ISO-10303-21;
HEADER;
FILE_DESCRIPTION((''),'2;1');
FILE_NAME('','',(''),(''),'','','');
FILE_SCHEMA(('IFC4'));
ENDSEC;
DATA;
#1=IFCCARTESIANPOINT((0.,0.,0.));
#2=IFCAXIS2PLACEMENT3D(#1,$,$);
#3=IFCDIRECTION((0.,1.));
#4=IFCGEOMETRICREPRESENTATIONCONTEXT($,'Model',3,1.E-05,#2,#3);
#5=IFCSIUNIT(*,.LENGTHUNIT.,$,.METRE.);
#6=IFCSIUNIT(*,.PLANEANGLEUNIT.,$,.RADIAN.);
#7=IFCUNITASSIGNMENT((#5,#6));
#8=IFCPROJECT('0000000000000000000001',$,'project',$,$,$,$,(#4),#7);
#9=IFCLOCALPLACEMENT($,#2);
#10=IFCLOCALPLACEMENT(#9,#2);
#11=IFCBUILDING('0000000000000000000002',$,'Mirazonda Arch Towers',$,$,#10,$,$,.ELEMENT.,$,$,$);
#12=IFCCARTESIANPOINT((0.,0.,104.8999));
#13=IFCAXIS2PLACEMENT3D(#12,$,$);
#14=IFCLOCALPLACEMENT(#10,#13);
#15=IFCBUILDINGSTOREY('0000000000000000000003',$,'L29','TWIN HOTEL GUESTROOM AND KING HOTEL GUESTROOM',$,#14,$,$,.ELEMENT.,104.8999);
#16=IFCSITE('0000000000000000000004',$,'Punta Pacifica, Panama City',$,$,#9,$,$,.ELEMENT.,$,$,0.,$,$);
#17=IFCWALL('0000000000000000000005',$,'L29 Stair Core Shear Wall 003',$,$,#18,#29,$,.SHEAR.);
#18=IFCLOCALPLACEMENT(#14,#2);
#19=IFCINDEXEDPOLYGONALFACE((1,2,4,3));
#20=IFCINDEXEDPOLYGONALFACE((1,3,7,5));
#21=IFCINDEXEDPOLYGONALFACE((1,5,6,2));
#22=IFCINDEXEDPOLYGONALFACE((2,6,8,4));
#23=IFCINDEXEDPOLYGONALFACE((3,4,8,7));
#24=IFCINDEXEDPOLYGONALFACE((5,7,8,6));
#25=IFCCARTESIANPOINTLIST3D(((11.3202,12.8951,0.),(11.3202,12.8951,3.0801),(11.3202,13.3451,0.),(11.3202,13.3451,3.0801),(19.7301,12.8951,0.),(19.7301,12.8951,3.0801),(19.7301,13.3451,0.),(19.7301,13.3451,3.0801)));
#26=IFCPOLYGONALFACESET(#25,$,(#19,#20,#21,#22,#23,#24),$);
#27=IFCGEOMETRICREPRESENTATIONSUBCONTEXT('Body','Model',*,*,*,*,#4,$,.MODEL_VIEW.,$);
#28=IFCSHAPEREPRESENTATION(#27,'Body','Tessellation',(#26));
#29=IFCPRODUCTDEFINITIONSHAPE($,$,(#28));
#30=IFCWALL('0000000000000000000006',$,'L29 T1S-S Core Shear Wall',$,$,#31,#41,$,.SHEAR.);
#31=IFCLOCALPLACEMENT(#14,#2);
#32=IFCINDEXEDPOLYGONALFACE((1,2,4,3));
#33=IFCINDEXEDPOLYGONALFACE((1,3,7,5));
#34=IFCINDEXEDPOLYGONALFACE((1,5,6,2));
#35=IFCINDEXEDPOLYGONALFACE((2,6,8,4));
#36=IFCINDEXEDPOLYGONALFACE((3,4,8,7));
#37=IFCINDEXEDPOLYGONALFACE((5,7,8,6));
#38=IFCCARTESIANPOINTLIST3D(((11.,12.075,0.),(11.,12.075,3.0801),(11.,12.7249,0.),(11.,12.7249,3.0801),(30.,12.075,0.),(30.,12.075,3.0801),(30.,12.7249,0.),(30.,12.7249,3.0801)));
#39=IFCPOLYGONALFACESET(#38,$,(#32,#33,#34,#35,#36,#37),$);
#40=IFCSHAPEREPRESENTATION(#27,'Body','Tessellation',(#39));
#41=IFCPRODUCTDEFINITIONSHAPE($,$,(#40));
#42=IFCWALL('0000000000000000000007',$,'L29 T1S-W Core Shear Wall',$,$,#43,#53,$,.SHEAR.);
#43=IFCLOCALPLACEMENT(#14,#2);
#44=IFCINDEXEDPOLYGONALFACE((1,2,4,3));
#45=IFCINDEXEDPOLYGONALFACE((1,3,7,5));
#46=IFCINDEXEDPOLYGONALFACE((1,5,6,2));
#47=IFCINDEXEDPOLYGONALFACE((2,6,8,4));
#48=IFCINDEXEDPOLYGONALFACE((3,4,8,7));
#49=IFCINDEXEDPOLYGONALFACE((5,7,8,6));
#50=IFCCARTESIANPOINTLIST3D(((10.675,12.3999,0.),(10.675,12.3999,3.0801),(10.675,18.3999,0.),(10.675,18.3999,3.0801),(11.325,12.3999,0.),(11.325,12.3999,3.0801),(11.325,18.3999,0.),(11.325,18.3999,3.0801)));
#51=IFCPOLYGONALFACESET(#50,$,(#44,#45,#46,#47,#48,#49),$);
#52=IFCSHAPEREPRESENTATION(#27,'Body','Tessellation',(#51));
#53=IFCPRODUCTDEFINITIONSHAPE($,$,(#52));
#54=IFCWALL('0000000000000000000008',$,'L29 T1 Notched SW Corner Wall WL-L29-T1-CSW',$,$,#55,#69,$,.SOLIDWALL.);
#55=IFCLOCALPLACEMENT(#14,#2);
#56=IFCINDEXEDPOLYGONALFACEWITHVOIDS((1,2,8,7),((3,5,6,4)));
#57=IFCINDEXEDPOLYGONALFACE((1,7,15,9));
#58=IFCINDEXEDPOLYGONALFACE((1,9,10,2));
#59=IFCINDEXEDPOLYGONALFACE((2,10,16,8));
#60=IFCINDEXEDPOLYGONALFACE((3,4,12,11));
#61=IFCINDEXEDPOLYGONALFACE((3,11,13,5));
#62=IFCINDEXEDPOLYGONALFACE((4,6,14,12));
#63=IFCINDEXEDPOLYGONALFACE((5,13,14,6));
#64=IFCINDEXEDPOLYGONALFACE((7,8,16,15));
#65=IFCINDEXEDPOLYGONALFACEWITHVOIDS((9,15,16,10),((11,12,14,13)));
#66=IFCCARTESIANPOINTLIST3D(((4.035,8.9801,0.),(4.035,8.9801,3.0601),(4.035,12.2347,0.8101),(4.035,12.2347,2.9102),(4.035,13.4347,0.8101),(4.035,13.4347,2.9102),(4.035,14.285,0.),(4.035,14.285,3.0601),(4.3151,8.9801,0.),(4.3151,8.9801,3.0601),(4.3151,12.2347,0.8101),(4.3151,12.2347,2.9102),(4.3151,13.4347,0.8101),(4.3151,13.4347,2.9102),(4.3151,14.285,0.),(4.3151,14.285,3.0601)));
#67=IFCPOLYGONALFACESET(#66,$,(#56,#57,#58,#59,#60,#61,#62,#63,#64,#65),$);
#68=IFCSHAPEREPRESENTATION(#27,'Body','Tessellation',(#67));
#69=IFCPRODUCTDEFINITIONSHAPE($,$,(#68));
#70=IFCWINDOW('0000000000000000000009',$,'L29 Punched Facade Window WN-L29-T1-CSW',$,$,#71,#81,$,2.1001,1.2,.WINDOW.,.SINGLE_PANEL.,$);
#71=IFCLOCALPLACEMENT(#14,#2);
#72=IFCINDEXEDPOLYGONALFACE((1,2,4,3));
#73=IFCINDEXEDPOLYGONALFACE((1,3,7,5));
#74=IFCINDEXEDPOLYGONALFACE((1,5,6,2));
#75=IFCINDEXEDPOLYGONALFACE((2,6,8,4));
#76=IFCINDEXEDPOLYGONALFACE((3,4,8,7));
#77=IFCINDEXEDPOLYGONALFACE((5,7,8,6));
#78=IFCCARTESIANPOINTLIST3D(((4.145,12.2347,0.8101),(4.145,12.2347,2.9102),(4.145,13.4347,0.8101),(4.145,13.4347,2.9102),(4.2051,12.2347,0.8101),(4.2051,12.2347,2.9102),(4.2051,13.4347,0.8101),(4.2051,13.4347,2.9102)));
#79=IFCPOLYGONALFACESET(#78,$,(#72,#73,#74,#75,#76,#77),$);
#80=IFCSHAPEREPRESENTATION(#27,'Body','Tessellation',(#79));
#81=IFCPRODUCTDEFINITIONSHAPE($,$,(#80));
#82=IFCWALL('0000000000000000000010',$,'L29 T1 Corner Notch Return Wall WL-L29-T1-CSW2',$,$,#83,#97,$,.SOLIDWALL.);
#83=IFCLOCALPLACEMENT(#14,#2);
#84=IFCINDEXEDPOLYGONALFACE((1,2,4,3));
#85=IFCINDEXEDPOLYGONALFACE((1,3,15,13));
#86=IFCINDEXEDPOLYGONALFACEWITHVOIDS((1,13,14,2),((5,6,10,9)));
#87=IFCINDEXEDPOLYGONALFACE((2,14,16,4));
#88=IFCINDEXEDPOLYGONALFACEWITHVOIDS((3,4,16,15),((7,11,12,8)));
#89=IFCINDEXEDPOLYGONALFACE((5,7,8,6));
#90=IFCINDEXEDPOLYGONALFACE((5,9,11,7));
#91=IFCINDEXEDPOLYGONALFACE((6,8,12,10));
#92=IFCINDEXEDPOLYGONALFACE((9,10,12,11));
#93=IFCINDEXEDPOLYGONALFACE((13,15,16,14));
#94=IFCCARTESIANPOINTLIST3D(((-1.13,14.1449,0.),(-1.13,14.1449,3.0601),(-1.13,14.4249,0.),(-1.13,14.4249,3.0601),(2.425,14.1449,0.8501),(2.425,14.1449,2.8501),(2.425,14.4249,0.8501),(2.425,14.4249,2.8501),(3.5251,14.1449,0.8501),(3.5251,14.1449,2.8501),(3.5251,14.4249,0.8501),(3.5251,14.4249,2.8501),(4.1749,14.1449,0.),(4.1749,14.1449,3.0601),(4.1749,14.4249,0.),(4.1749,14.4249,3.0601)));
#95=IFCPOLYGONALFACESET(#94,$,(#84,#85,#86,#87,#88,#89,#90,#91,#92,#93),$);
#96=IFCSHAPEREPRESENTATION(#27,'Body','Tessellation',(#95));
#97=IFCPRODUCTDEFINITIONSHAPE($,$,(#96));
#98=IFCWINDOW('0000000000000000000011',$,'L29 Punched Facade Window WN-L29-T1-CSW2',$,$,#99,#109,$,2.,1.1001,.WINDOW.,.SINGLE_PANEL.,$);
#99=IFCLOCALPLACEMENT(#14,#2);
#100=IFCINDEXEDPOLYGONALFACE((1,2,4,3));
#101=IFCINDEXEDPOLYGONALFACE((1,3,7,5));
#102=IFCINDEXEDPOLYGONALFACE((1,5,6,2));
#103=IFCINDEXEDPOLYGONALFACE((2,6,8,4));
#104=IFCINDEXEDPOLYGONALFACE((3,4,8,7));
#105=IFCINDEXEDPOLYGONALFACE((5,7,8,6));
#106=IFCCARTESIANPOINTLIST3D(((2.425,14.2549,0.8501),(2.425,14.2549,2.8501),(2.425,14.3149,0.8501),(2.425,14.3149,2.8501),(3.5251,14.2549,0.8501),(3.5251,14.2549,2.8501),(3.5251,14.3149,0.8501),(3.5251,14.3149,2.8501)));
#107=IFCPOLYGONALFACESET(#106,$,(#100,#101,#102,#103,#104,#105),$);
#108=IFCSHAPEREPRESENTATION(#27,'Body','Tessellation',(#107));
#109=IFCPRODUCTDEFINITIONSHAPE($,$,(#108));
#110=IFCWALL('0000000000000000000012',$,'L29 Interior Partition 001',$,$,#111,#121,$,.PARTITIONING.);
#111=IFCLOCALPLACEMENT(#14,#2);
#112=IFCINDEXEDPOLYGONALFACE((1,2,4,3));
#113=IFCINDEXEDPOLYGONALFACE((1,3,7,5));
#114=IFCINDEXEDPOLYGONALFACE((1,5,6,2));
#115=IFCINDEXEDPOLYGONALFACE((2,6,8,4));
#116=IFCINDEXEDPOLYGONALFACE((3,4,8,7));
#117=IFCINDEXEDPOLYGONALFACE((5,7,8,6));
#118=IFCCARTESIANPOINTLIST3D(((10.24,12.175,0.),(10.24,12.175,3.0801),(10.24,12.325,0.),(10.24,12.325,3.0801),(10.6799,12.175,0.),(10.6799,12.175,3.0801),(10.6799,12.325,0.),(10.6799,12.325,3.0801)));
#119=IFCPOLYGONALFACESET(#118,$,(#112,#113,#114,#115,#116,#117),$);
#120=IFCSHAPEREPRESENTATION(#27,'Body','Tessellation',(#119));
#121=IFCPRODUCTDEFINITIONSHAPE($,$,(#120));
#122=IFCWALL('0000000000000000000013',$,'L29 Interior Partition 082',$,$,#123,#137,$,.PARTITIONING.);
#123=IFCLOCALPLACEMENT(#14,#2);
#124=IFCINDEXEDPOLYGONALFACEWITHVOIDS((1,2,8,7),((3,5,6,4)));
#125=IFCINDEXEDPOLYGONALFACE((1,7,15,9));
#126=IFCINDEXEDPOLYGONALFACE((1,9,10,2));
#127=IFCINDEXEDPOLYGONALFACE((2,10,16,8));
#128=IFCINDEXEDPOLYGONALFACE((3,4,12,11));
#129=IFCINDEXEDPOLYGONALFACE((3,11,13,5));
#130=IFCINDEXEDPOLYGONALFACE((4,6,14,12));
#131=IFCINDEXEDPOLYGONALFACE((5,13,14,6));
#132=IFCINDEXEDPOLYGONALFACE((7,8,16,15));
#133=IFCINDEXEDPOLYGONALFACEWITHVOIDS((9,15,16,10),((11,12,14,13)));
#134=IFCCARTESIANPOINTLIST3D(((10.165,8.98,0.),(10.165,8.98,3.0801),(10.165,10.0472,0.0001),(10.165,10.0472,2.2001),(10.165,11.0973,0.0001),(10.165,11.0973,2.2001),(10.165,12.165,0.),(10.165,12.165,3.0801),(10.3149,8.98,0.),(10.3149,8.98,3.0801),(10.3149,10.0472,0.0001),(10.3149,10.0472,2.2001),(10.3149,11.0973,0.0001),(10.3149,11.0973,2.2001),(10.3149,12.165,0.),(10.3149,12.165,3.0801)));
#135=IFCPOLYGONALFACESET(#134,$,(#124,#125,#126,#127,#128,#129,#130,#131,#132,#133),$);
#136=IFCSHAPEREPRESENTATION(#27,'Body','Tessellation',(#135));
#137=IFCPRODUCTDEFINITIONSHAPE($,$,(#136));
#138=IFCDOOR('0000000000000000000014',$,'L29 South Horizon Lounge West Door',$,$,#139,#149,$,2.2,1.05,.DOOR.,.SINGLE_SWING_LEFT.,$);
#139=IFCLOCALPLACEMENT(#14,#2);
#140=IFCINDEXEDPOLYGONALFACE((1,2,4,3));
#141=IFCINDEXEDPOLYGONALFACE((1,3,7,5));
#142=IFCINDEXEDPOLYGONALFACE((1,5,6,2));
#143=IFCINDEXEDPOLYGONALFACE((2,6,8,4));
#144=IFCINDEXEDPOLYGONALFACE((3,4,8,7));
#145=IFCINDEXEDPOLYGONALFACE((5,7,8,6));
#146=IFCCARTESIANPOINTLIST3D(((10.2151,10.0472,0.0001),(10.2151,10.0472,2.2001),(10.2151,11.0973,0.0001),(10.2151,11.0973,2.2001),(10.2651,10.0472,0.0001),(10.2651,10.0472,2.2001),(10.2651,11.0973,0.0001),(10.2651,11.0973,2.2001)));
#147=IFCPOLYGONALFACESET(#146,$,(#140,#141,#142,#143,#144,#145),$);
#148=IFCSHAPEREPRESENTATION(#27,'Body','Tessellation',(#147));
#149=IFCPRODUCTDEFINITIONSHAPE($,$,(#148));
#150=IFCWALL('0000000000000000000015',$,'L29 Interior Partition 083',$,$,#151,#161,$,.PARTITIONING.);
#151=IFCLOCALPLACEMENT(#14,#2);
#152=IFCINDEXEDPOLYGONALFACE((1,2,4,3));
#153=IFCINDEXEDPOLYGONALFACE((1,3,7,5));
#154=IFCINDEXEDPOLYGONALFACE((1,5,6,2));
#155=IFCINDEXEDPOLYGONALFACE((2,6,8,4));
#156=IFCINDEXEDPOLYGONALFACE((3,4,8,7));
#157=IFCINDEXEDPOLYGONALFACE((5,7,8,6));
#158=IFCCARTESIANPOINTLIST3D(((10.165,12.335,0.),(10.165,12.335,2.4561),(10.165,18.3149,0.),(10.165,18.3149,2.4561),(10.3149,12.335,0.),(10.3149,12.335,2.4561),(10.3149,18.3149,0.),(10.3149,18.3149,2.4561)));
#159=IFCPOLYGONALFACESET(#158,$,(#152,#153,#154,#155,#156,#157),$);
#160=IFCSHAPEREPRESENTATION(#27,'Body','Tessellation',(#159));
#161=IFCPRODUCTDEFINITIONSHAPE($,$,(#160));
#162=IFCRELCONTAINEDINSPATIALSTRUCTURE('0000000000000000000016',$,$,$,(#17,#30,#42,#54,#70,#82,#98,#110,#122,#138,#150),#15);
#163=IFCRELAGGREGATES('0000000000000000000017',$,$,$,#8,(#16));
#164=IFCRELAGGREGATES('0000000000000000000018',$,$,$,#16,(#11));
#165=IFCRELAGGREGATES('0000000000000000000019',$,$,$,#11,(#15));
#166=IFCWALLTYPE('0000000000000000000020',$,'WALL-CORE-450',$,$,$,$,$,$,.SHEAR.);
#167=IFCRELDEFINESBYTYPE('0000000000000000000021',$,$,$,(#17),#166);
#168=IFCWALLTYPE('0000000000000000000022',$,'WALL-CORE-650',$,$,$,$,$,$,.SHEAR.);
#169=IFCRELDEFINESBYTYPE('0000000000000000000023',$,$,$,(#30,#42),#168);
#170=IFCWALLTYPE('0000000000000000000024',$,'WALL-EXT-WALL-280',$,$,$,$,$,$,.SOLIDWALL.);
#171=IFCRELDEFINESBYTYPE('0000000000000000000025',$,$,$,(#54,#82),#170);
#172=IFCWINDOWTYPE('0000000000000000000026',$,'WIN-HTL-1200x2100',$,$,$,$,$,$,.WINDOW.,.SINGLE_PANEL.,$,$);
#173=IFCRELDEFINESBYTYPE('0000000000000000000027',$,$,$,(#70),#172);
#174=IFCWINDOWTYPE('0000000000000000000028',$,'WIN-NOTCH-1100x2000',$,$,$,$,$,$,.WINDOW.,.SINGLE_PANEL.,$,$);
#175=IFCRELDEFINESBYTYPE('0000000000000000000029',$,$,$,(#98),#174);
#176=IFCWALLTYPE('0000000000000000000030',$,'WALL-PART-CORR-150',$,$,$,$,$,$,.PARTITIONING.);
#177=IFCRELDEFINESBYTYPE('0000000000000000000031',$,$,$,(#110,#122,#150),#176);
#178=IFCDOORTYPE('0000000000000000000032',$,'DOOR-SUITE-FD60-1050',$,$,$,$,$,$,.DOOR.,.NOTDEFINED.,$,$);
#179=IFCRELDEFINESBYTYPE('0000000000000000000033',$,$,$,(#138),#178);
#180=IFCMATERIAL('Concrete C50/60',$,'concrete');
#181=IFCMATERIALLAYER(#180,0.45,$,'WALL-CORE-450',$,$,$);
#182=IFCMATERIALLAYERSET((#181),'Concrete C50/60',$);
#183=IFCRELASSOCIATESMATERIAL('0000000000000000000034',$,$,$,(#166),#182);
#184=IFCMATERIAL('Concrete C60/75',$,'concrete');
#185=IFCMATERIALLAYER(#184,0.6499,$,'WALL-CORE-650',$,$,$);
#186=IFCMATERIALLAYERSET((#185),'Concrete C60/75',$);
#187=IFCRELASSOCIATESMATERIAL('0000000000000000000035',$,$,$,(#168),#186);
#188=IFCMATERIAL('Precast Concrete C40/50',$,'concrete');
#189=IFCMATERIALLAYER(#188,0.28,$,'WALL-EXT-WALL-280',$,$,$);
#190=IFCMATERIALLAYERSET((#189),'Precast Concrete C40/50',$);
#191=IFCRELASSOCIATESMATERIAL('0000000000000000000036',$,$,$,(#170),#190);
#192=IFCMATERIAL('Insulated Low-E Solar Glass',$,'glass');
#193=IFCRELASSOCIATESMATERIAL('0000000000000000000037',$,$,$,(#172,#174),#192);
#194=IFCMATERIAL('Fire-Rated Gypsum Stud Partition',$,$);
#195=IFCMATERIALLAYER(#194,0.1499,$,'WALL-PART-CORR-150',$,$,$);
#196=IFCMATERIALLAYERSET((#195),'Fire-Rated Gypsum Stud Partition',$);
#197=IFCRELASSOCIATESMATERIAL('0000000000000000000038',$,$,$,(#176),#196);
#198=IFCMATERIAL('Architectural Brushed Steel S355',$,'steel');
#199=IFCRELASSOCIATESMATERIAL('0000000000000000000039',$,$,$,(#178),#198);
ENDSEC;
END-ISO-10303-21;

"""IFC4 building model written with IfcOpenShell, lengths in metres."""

from ifc_helpers import new_model, si_unit, direction, frame, frame_2d, origin, place, context, subcontext, project, spatial, rectangle, extrude, material, layer, layer_set, type_object, element, fill, save


model = new_model("IFC4")

# Units and contexts
model_context = context("Model", 3, precision=1e-05, world=origin(), true_north=direction((0.0, 1.0)))
body_context = subcontext(model_context, "Body", "Model", "MODEL_VIEW")
ifc_project = project(units=[si_unit("LENGTHUNIT", "METRE"), si_unit("PLANEANGLEUNIT", "RADIAN")], contexts=[model_context])

# Site, building, storey
site_placement = place(None, origin())
site = spatial("IfcSite", under=ifc_project, at=site_placement, Name="Punta Pacifica, Panama City", CompositionType="ELEMENT", RefElevation=0.0)
building_placement = place(site_placement, origin())
building = spatial("IfcBuilding", under=site, at=building_placement, Name="Mirazonda Arch Towers", CompositionType="ELEMENT")
storey_placement = place(building_placement, frame((0.0, 0.0, 104.8999)))
storey = spatial("IfcBuildingStorey", under=building, at=storey_placement, Name="L29", Description="TWIN HOTEL GUESTROOM AND KING HOTEL GUESTROOM", CompositionType="ELEMENT", Elevation=104.8999)

# Shared definitions
ifc_material_1 = material(Name="Concrete C50/60", Category="concrete")
ifc_material_2 = material(Name="Concrete C60/75", Category="concrete")

# Shared definitions
ifc_material_3 = material(Name="Insulated Low-E Solar Glass", Category="glass")

# Walls
ifc_layer_1 = layer(ifc_material_1, 0.45, Name="WALL-CORE-450")
ifc_layer_set_1 = layer_set([ifc_layer_1], Name="Concrete C50/60")
wall_type_1 = type_object("IfcWallType", Name="WALL-CORE-450", PredefinedType="SHEAR", material=ifc_layer_set_1)
wall_1_placement = place(storey_placement, frame((11.3201, 13.1201, 0.0), z_axis=(0.0, 0.0, 1.0), x_axis=(1.0, 0.0, 0.0)))
element("IfcWall", 1, at=wall_1_placement, inside=storey, type_object=wall_type_1, Name="L29 Stair Core Shear Wall 003", PredefinedType="SHEAR", context=body_context, shape_type="SweptSolid", body=[
    extrude(rectangle(XDim=8.4099, YDim=0.45, at=frame_2d((4.2051, 0.0))), origin(), (0.0, 0.0, 1.0), 3.0801),
])
ifc_layer_2 = layer(ifc_material_2, 0.6499, Name="WALL-CORE-650")
ifc_layer_set_2 = layer_set([ifc_layer_2], Name="Concrete C60/75")
wall_type_2 = type_object("IfcWallType", Name="WALL-CORE-650", PredefinedType="SHEAR", material=ifc_layer_set_2)
wall_2_placement = place(storey_placement, frame((11.0, 12.3999, 0.0), z_axis=(0.0, 0.0, 1.0), x_axis=(1.0, 0.0, 0.0)))
element("IfcWall", 2, at=wall_2_placement, inside=storey, type_object=wall_type_2, Name="L29 T1S-S Core Shear Wall", PredefinedType="SHEAR", context=body_context, shape_type="SweptSolid", body=[
    extrude(rectangle(XDim=19.0, YDim=0.6499, at=frame_2d((9.5, 0.0))), origin(), (0.0, 0.0, 1.0), 3.0801),
])
wall_3_placement = place(storey_placement, frame((11.0, 12.3999, 0.0), z_axis=(0.0, 0.0, 1.0), x_axis=(0.0, 1.0, 0.0)))
element("IfcWall", 3, at=wall_3_placement, inside=storey, type_object=wall_type_2, Name="L29 T1S-W Core Shear Wall", PredefinedType="SHEAR", context=body_context, shape_type="SweptSolid", body=[
    extrude(rectangle(XDim=6.0, YDim=0.6499, at=frame_2d((3.0, 0.0))), origin(), (0.0, 0.0, 1.0), 3.0801),
])

# Walls, openings, windows
ifc_material_4 = material(Name="Precast Concrete C40/50", Category="concrete")
ifc_layer_3 = layer(ifc_material_4, 0.28, Name="WALL-EXT-WALL-280")
ifc_layer_set_3 = layer_set([ifc_layer_3], Name="Precast Concrete C40/50")
wall_type_3 = type_object("IfcWallType", Name="WALL-EXT-WALL-280", PredefinedType="SOLIDWALL", material=ifc_layer_set_3)
wall_4_placement = place(storey_placement, frame((4.175, 14.2849, 0.0), z_axis=(0.0, 0.0, 1.0), x_axis=(0.0, -1.0, 0.0)))
wall_4 = element("IfcWall", 4, at=wall_4_placement, inside=storey, type_object=wall_type_3, Name="L29 T1 Notched SW Corner Wall WL-L29-T1-CSW", PredefinedType="SOLIDWALL", context=body_context, shape_type="SweptSolid", body=[
    extrude(rectangle(XDim=5.3049, YDim=0.28, at=frame_2d((2.6523, 0.0))), origin(), (0.0, 0.0, 1.0), 3.0601),
])
opening_1_placement = place(wall_4_placement, frame((0.8501, 0.0, 0.8101)))
opening_1 = element("IfcOpeningElement", 5, at=opening_1_placement, cuts=wall_4, PredefinedType="OPENING", context=body_context, shape_type="SweptSolid", body=[
    extrude(rectangle(XDim=1.2, YDim=2.1001, at=frame_2d((0.6001, 1.05))), frame((0.0, 0.1499, 0.0), z_axis=(0.0, -1.0, 0.0), x_axis=(1.0, 0.0, 0.0)), (0.0, 0.0, 1.0), 0.3),
])
window_type_1 = type_object("IfcWindowType", Name="WIN-HTL-1200x2100", PartitioningType="SINGLE_PANEL", PredefinedType="WINDOW", material=ifc_material_3)
window_1_placement = place(opening_1_placement, origin())
window_1 = element("IfcWindow", 6, at=window_1_placement, inside=storey, type_object=window_type_1, Name="L29 Punched Facade Window WN-L29-T1-CSW", OverallHeight=2.1001, OverallWidth=1.2, PartitioningType="SINGLE_PANEL", PredefinedType="WINDOW", context=body_context, shape_type="SweptSolid", body=[
    extrude(rectangle(XDim=1.2, YDim=2.1001, at=frame_2d((0.6001, 1.05))), frame((0.0, 0.03, 0.0), z_axis=(0.0, -1.0, 0.0), x_axis=(1.0, 0.0, 0.0)), (0.0, 0.0, 1.0), 0.0601),
])
fill(opening_1, window_1)
wall_5_placement = place(storey_placement, frame((-1.1299, 14.2849, 0.0), z_axis=(0.0, 0.0, 1.0), x_axis=(1.0, 0.0, 0.0)))
wall_5 = element("IfcWall", 7, at=wall_5_placement, inside=storey, type_object=wall_type_3, Name="L29 T1 Corner Notch Return Wall WL-L29-T1-CSW2", PredefinedType="SOLIDWALL", context=body_context, shape_type="SweptSolid", body=[
    extrude(rectangle(XDim=5.3049, YDim=0.28, at=frame_2d((2.6523, 0.0))), origin(), (0.0, 0.0, 1.0), 3.0601),
])
opening_2_placement = place(wall_5_placement, frame((3.5549, 0.0, 0.8501)))
opening_2 = element("IfcOpeningElement", 8, at=opening_2_placement, cuts=wall_5, PredefinedType="OPENING", context=body_context, shape_type="SweptSolid", body=[
    extrude(rectangle(XDim=1.1001, YDim=2.0, at=frame_2d((0.55, 1.0))), frame((0.0, 0.1499, 0.0), z_axis=(0.0, -1.0, 0.0), x_axis=(1.0, 0.0, 0.0)), (0.0, 0.0, 1.0), 0.3),
])
window_type_2 = type_object("IfcWindowType", Name="WIN-NOTCH-1100x2000", PartitioningType="SINGLE_PANEL", PredefinedType="WINDOW", material=ifc_material_3)
window_2_placement = place(opening_2_placement, origin())
window_2 = element("IfcWindow", 9, at=window_2_placement, inside=storey, type_object=window_type_2, Name="L29 Punched Facade Window WN-L29-T1-CSW2", OverallHeight=2.0, OverallWidth=1.1001, PartitioningType="SINGLE_PANEL", PredefinedType="WINDOW", context=body_context, shape_type="SweptSolid", body=[
    extrude(rectangle(XDim=1.1001, YDim=2.0, at=frame_2d((0.55, 1.0))), frame((0.0, 0.03, 0.0), z_axis=(0.0, -1.0, 0.0), x_axis=(1.0, 0.0, 0.0)), (0.0, 0.0, 1.0), 0.0601),
])
fill(opening_2, window_2)

# Wall
ifc_material_5 = material(Name="Fire-Rated Gypsum Stud Partition")
ifc_layer_4 = layer(ifc_material_5, 0.1499, Name="WALL-PART-CORR-150")
ifc_layer_set_4 = layer_set([ifc_layer_4], Name="Fire-Rated Gypsum Stud Partition")
wall_type_4 = type_object("IfcWallType", Name="WALL-PART-CORR-150", PredefinedType="PARTITIONING", material=ifc_layer_set_4)
wall_6_placement = place(storey_placement, frame((10.24, 12.25, 0.0), z_axis=(0.0, 0.0, 1.0), x_axis=(1.0, 0.0, 0.0)))
element("IfcWall", 10, at=wall_6_placement, inside=storey, type_object=wall_type_4, Name="L29 Interior Partition 001", PredefinedType="PARTITIONING", context=body_context, shape_type="SweptSolid", body=[
    extrude(rectangle(XDim=0.4399, YDim=0.1499, at=frame_2d((0.22, 0.0))), origin(), (0.0, 0.0, 1.0), 3.0801),
])

# Wall, opening, door
wall_7_placement = place(storey_placement, frame((10.24, 8.98, 0.0), z_axis=(0.0, 0.0, 1.0), x_axis=(0.0, 1.0, 0.0)))
wall_7 = element("IfcWall", 11, at=wall_7_placement, inside=storey, type_object=wall_type_4, Name="L29 Interior Partition 082", PredefinedType="PARTITIONING", context=body_context, shape_type="SweptSolid", body=[
    extrude(rectangle(XDim=3.1851, YDim=0.1499, at=frame_2d((1.5925, 0.0))), origin(), (0.0, 0.0, 1.0), 3.0801),
])
opening_3_placement = place(wall_7_placement, frame((1.0674, 0.0, 0.0)))
opening_3 = element("IfcOpeningElement", 12, at=opening_3_placement, cuts=wall_7, PredefinedType="OPENING", context=body_context, shape_type="SweptSolid", body=[
    extrude(rectangle(XDim=1.05, YDim=2.2, at=frame_2d((0.5249, 1.1001))), frame((0.0, 0.085, 0.0), z_axis=(0.0, -1.0, 0.0), x_axis=(1.0, 0.0, 0.0)), (0.0, 0.0, 1.0), 0.1699),
])
ifc_material_6 = material(Name="Architectural Brushed Steel S355", Category="steel")
door_type_1 = type_object("IfcDoorType", Name="DOOR-SUITE-FD60-1050", OperationType="NOTDEFINED", PredefinedType="DOOR", material=ifc_material_6)
door_1_placement = place(opening_3_placement, origin())
door_1 = element("IfcDoor", 13, at=door_1_placement, inside=storey, type_object=door_type_1, Name="L29 South Horizon Lounge West Door", OperationType="SINGLE_SWING_LEFT", OverallHeight=2.2, OverallWidth=1.05, PredefinedType="DOOR", context=body_context, shape_type="SweptSolid", body=[
    extrude(rectangle(XDim=1.05, YDim=2.2, at=frame_2d((0.5249, 1.1001))), frame((0.0, 0.0249, 0.0), z_axis=(0.0, -1.0, 0.0), x_axis=(1.0, 0.0, 0.0)), (0.0, 0.0, 1.0), 0.05),
])
fill(opening_3, door_1)

# Wall
wall_8_placement = place(storey_placement, frame((10.24, 12.335, 0.0), z_axis=(0.0, 0.0, 1.0), x_axis=(0.0, 1.0, 0.0)))
element("IfcWall", 14, at=wall_8_placement, inside=storey, type_object=wall_type_4, Name="L29 Interior Partition 083", PredefinedType="PARTITIONING", context=body_context, shape_type="SweptSolid", body=[
    extrude(rectangle(XDim=5.98, YDim=0.1499, at=frame_2d((2.99, 0.0))), origin(), (0.0, 0.0, 1.0), 2.4561),
])

save(model, "model.ifc")
